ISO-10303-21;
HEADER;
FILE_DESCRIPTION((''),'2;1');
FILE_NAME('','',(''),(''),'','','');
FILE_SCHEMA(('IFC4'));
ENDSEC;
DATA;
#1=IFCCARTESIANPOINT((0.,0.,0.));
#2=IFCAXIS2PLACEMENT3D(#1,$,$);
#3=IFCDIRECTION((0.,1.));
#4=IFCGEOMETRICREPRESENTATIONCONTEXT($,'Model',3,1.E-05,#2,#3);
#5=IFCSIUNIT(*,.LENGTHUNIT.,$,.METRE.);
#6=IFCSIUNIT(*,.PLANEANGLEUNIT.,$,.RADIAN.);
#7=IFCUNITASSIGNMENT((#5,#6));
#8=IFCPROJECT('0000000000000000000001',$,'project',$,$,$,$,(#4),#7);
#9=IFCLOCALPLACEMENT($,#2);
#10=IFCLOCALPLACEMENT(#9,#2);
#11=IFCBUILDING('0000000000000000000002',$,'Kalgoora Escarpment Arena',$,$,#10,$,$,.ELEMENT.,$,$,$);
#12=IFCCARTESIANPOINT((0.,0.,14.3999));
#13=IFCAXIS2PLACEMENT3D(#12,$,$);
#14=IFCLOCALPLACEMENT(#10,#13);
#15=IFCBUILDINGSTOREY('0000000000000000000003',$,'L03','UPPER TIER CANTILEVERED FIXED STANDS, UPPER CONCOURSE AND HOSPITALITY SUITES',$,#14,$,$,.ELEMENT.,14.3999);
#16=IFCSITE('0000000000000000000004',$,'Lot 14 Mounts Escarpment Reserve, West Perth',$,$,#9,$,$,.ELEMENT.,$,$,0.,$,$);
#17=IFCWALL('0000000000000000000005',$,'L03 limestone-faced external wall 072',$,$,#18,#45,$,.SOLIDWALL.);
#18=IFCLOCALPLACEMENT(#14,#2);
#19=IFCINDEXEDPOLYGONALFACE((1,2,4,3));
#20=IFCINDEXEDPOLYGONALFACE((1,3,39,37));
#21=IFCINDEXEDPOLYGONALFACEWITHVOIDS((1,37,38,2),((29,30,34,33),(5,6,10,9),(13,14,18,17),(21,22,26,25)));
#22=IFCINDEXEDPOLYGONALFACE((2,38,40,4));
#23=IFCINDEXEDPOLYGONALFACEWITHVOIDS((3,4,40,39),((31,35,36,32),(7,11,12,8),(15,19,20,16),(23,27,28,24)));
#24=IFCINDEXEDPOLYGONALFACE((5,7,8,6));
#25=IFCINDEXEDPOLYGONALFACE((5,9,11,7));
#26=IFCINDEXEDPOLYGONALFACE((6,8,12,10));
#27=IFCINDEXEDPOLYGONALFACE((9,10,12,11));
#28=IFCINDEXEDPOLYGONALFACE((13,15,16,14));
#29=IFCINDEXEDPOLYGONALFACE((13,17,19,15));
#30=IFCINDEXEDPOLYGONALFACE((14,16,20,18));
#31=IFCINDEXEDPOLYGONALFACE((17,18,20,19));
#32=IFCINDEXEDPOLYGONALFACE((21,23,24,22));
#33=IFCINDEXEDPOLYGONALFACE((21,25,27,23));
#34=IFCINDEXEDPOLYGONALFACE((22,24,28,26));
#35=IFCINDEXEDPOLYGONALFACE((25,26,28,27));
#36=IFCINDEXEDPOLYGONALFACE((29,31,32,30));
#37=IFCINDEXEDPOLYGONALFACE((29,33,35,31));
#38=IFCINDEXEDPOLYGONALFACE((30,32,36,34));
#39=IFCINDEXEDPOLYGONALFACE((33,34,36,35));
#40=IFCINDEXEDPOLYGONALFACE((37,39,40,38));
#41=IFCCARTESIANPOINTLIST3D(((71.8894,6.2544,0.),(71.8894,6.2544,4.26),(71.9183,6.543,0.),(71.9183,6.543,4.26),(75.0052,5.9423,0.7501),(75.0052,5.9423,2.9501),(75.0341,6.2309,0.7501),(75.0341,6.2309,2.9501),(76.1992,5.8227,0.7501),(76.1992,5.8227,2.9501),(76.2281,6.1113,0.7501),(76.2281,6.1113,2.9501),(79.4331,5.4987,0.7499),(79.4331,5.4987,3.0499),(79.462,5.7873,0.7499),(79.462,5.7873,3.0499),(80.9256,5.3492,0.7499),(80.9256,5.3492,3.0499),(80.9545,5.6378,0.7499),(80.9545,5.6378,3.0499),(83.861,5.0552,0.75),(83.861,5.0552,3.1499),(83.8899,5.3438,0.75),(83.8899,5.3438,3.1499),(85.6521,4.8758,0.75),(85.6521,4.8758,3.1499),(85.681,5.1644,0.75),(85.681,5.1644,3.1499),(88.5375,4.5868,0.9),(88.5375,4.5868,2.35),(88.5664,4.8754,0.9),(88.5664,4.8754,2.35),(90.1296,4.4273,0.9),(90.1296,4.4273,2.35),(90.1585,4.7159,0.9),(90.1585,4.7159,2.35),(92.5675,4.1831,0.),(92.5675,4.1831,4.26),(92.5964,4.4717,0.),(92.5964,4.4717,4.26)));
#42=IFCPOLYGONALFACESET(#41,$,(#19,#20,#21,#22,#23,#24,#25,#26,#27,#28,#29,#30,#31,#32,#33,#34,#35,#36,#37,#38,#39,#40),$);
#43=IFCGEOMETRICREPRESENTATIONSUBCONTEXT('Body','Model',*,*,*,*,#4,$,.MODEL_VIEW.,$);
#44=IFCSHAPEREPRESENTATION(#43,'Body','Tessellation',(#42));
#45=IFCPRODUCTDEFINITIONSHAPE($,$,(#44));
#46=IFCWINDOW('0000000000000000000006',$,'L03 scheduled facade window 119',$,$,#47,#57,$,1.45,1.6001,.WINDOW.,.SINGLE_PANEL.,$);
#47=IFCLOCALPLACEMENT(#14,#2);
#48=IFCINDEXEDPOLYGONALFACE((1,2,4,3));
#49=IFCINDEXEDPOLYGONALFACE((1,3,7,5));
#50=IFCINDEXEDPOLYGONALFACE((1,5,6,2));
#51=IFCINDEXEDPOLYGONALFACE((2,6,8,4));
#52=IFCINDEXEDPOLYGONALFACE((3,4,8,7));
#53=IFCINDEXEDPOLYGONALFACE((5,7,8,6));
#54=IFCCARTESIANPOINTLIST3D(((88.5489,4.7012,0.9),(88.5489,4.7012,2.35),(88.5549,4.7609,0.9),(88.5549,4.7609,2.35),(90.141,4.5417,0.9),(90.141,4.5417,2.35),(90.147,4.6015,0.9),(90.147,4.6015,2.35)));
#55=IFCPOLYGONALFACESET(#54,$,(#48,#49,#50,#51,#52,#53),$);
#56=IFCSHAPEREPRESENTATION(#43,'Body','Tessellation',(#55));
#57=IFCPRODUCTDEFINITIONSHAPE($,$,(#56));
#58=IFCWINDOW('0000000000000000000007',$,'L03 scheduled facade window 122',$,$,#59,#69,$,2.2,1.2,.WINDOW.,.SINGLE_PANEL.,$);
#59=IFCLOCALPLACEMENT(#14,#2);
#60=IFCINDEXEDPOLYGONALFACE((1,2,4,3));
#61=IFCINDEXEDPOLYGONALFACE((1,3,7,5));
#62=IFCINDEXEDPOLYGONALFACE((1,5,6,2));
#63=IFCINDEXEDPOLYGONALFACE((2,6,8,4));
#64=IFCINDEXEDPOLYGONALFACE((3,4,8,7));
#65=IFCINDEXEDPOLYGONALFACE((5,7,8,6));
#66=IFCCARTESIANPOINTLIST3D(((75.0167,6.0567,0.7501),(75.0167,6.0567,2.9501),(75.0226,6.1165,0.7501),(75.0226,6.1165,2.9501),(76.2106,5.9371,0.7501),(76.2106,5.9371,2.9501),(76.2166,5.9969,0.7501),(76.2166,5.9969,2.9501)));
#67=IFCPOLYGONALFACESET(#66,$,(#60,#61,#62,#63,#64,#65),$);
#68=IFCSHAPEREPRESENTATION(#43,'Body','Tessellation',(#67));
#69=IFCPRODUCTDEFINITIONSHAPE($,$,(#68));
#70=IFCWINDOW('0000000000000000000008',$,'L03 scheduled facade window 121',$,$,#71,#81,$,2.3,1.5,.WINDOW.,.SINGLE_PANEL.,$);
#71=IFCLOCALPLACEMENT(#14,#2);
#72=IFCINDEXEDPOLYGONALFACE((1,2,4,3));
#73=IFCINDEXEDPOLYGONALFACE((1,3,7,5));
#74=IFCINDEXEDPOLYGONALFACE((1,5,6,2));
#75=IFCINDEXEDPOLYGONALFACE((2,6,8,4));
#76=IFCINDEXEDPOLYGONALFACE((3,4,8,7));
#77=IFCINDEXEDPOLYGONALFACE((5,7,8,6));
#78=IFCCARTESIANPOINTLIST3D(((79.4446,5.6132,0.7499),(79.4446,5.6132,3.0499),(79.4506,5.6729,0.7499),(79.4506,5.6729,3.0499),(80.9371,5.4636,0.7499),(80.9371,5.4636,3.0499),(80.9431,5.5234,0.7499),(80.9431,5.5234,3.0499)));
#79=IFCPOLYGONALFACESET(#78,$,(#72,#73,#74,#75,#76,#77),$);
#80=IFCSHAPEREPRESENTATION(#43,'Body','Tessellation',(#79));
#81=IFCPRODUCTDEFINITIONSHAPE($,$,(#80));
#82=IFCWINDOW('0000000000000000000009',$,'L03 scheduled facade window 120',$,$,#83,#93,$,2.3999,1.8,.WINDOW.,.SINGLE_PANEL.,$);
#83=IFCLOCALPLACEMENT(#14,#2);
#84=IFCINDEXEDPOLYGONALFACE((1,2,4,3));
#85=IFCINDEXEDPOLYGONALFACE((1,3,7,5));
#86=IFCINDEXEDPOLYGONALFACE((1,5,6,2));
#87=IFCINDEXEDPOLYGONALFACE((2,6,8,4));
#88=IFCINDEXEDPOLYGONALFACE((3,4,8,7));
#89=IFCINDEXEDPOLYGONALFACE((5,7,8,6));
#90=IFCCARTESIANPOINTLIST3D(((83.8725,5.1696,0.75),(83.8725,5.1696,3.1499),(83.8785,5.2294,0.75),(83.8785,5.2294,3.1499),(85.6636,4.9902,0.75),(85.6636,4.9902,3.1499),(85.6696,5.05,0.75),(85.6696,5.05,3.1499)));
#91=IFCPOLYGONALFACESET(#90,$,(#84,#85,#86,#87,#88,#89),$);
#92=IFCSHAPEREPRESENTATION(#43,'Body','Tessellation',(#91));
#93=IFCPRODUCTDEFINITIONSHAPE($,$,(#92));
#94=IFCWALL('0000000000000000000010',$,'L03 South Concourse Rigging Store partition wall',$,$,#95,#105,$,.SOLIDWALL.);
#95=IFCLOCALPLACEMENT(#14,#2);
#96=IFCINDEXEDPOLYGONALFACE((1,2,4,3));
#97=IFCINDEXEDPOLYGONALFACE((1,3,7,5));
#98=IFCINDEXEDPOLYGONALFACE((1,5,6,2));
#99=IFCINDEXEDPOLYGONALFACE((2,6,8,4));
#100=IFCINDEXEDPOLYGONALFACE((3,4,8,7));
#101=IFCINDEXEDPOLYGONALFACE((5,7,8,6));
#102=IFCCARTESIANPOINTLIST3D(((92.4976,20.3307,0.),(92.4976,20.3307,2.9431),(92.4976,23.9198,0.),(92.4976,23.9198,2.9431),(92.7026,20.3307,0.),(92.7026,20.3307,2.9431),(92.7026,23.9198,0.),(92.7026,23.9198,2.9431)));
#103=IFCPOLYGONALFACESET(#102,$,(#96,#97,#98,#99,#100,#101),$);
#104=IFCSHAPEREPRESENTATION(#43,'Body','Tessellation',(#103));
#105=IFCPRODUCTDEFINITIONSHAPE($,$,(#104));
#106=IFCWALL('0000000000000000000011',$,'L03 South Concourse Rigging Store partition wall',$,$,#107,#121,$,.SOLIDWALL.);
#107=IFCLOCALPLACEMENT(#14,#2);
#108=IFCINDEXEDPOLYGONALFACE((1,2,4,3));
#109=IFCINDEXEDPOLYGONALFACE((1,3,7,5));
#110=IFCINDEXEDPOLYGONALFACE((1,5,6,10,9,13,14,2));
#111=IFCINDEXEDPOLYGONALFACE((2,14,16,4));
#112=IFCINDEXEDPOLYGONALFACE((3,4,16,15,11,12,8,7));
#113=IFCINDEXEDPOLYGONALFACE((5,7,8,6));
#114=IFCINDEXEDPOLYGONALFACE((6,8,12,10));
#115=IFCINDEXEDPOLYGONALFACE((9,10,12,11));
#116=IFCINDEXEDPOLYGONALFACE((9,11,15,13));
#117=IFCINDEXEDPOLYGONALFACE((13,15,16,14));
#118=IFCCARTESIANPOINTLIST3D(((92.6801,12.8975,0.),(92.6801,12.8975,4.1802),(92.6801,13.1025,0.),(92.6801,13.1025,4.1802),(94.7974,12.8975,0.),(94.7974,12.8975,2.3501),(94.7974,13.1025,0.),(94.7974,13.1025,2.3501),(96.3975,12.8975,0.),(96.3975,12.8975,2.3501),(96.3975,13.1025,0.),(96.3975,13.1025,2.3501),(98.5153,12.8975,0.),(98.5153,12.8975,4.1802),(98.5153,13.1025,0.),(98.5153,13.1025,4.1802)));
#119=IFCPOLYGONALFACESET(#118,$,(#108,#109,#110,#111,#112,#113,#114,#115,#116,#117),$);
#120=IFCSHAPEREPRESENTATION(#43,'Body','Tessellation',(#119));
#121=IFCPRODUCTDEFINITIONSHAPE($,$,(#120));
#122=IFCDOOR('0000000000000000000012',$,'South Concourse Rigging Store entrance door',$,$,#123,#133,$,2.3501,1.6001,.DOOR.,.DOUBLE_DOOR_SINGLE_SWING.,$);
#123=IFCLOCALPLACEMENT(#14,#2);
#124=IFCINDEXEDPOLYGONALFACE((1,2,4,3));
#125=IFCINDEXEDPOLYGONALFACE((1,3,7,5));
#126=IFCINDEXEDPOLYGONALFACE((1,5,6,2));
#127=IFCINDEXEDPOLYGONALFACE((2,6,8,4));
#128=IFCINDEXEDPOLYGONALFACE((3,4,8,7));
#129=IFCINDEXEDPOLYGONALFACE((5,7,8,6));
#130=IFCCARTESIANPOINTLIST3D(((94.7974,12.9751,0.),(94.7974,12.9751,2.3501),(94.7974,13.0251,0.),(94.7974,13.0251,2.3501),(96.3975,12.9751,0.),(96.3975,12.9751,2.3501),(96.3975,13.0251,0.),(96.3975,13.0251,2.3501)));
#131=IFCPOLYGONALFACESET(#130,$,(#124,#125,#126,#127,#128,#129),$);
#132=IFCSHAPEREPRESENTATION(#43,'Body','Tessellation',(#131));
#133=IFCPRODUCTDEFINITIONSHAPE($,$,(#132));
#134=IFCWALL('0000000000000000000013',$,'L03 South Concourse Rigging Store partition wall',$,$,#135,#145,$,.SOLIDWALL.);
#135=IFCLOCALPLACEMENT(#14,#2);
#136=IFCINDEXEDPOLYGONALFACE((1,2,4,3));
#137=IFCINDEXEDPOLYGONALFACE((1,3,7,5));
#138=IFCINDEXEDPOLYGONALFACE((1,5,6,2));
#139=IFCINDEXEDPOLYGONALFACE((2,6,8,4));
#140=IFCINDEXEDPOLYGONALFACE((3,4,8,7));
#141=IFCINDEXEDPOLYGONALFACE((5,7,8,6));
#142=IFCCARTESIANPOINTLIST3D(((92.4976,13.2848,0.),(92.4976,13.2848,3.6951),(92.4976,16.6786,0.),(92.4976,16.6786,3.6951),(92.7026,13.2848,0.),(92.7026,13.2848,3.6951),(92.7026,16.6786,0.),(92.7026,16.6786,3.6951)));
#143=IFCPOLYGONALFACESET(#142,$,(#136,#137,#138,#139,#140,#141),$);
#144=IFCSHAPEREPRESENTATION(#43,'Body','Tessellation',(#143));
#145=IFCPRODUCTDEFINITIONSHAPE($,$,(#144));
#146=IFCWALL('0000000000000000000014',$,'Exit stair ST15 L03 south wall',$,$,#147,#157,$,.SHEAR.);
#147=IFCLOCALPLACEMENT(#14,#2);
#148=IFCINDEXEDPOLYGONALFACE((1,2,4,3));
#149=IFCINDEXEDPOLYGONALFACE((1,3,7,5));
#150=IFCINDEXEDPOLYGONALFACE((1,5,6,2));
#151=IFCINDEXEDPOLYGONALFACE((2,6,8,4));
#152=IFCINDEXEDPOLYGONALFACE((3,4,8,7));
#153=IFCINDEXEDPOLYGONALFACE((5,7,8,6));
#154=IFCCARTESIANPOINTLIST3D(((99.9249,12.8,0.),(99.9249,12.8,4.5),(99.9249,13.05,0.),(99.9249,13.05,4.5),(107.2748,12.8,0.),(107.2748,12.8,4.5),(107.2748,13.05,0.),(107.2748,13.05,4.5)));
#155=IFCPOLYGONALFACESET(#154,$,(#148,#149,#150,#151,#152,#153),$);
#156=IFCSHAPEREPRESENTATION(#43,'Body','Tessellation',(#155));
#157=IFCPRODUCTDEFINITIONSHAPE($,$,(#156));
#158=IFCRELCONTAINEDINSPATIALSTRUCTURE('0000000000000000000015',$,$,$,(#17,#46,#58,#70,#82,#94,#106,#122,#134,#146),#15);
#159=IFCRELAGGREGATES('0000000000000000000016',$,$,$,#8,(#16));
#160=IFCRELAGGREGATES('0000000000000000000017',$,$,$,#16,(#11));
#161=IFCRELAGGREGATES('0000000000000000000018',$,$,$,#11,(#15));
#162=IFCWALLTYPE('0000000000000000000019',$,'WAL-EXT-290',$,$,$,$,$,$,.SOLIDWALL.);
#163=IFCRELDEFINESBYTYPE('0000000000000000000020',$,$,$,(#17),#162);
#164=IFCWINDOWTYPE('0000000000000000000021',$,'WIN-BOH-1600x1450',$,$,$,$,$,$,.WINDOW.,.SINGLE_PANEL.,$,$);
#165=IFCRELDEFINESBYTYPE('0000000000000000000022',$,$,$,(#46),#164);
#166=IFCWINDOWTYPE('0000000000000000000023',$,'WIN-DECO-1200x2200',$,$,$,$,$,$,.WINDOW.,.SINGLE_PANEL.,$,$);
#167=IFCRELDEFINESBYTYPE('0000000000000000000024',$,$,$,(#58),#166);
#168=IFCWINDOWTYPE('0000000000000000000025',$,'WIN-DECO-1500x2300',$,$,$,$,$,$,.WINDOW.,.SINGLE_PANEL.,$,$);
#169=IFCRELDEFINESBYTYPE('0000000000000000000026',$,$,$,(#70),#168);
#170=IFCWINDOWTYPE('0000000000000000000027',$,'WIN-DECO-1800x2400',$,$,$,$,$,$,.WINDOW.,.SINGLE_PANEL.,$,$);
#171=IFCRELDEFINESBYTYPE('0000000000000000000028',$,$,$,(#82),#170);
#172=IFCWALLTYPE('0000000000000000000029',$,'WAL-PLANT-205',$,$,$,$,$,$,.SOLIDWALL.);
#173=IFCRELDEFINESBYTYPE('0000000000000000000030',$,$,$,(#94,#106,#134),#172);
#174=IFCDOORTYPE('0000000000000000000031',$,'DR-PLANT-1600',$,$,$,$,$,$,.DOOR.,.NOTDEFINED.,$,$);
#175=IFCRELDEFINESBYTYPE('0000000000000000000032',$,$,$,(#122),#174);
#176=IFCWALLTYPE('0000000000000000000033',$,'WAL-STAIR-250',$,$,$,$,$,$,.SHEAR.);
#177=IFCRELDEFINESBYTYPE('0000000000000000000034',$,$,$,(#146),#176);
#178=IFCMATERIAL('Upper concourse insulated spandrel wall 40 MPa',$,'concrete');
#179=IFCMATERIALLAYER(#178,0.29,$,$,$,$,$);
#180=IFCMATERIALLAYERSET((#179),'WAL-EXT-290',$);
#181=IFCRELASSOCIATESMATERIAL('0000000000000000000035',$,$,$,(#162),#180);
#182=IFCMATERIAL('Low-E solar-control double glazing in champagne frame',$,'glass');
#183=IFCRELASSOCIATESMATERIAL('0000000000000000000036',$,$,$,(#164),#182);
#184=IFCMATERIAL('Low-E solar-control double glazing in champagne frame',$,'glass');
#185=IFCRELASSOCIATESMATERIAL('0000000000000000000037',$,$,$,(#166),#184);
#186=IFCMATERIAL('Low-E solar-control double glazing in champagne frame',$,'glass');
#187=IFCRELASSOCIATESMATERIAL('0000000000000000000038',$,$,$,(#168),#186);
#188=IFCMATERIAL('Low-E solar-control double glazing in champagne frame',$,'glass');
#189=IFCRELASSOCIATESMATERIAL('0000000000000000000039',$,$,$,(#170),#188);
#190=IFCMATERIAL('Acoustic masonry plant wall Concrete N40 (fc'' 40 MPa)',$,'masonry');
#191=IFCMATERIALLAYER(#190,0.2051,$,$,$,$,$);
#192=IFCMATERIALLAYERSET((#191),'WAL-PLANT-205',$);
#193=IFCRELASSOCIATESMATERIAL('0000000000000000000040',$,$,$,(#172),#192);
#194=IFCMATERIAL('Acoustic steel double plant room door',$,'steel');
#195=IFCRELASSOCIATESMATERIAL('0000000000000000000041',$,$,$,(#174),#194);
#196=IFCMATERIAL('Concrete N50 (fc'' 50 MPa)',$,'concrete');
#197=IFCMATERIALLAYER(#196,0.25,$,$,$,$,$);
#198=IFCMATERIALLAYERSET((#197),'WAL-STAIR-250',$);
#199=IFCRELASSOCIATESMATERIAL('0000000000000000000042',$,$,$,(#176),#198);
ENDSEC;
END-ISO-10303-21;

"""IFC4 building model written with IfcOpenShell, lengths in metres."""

from ifc_helpers import new_model, si_unit, direction, frame, frame_2d, origin, place, context, subcontext, project, spatial, rectangle, extrude, material, layer, layer_set, type_object, element, fill, save


model = new_model("IFC4")

# Units and contexts
model_context = context("Model", 3, precision=1e-05, world=origin(), true_north=direction((0.0, 1.0)))
body_context = subcontext(model_context, "Body", "Model", "MODEL_VIEW")
ifc_project = project(units=[si_unit("LENGTHUNIT", "METRE"), si_unit("PLANEANGLEUNIT", "RADIAN")], contexts=[model_context])

# Site, building, storey
site_placement = place(None, origin())
site = spatial("IfcSite", under=ifc_project, at=site_placement, Name="Lot 14 Mounts Escarpment Reserve, West Perth", CompositionType="ELEMENT", RefElevation=0.0)
building_placement = place(site_placement, origin())
building = spatial("IfcBuilding", under=site, at=building_placement, Name="Kalgoora Escarpment Arena", CompositionType="ELEMENT")
storey_placement = place(building_placement, frame((0.0, 0.0, 14.3999)))
storey = spatial("IfcBuildingStorey", under=building, at=storey_placement, Name="L03", Description="UPPER TIER CANTILEVERED FIXED STANDS, UPPER CONCOURSE AND HOSPITALITY SUITES", CompositionType="ELEMENT", Elevation=14.3999)

# Wall, openings, windows
ifc_material_1 = material(Name="Upper concourse insulated spandrel wall 40 MPa", Category="concrete")
ifc_layer_1 = layer(ifc_material_1, 0.29)
ifc_layer_set_1 = layer_set([ifc_layer_1], Name="WAL-EXT-290")
wall_type_1 = type_object("IfcWallType", Name="WAL-EXT-290", PredefinedType="SOLIDWALL", material=ifc_layer_set_1)
wall_1_placement = place(storey_placement, frame((92.5818, 4.3274, 0.0), z_axis=(0.0, 0.0, 1.0), x_axis=(-0.995021, 0.09967, 0.0)))
wall_1 = element("IfcWall", 1, at=wall_1_placement, inside=storey, type_object=wall_type_1, Name="L03 limestone-faced external wall 072", PredefinedType="SOLIDWALL", context=body_context, shape_type="SweptSolid", body=[
    extrude(rectangle(XDim=20.7815, YDim=0.29, at=frame_2d((10.3906, 0.0))), origin(), (0.0, 0.0, 1.0), 4.26),
])
opening_1_placement = place(wall_1_placement, frame((2.45, 0.0, 0.8999)))
opening_1 = element("IfcOpeningElement", 2, at=opening_1_placement, cuts=wall_1, PredefinedType="OPENING", context=body_context, shape_type="SweptSolid", body=[
    extrude(rectangle(XDim=1.6001, YDim=1.45, at=frame_2d((0.8, 0.7251))), frame((0.0, 0.155, 0.0), z_axis=(0.0, -1.0, 0.0), x_axis=(1.0, 0.0, 0.0)), (0.0, 0.0, 1.0), 0.3101),
])
opening_2_placement = place(wall_1_placement, frame((6.95, 0.0, 0.75)))
opening_2 = element("IfcOpeningElement", 3, at=opening_2_placement, cuts=wall_1, PredefinedType="OPENING", context=body_context, shape_type="SweptSolid", body=[
    extrude(rectangle(XDim=1.8, YDim=2.3999, at=frame_2d((0.8999, 1.2))), frame((0.0, 0.155, 0.0), z_axis=(0.0, -1.0, 0.0), x_axis=(1.0, 0.0, 0.0)), (0.0, 0.0, 1.0), 0.3101),
])
opening_3_placement = place(wall_1_placement, frame((11.7, 0.0, 0.75)))
opening_3 = element("IfcOpeningElement", 4, at=opening_3_placement, cuts=wall_1, PredefinedType="OPENING", context=body_context, shape_type="SweptSolid", body=[
    extrude(rectangle(XDim=1.5, YDim=2.3, at=frame_2d((0.75, 1.1499))), frame((0.0, 0.155, 0.0), z_axis=(0.0, -1.0, 0.0), x_axis=(1.0, 0.0, 0.0)), (0.0, 0.0, 1.0), 0.3101),
])
opening_4_placement = place(wall_1_placement, frame((16.45, 0.0, 0.75)))
opening_4 = element("IfcOpeningElement", 5, at=opening_4_placement, cuts=wall_1, PredefinedType="OPENING", context=body_context, shape_type="SweptSolid", body=[
    extrude(rectangle(XDim=1.2, YDim=2.2, at=frame_2d((0.6001, 1.1001))), frame((0.0, 0.155, 0.0), z_axis=(0.0, -1.0, 0.0), x_axis=(1.0, 0.0, 0.0)), (0.0, 0.0, 1.0), 0.3101),
])
ifc_material_2 = material(Name="Low-E solar-control double glazing in champagne frame", Category="glass")
window_type_1 = type_object("IfcWindowType", Name="WIN-BOH-1600x1450", PartitioningType="SINGLE_PANEL", PredefinedType="WINDOW", material=ifc_material_2)
window_1_placement = place(opening_1_placement, origin())
window_1 = element("IfcWindow", 6, at=window_1_placement, inside=storey, type_object=window_type_1, Name="L03 scheduled facade window 119", OverallHeight=1.45, OverallWidth=1.6001, PartitioningType="SINGLE_PANEL", PredefinedType="WINDOW", context=body_context, shape_type="SweptSolid", body=[
    extrude(rectangle(XDim=1.6001, YDim=1.45, at=frame_2d((0.8, 0.7251))), frame((0.0, 0.03, 0.0), z_axis=(0.0, -1.0, 0.0), x_axis=(1.0, 0.0, 0.0)), (0.0, 0.0, 1.0), 0.0601),
])
fill(opening_1, window_1)
ifc_material_3 = material(Name="Low-E solar-control double glazing in champagne frame", Category="glass")
window_type_2 = type_object("IfcWindowType", Name="WIN-DECO-1200x2200", PartitioningType="SINGLE_PANEL", PredefinedType="WINDOW", material=ifc_material_3)
window_2_placement = place(opening_4_placement, origin())
window_2 = element("IfcWindow", 7, at=window_2_placement, inside=storey, type_object=window_type_2, Name="L03 scheduled facade window 122", OverallHeight=2.2, OverallWidth=1.2, PartitioningType="SINGLE_PANEL", PredefinedType="WINDOW", context=body_context, shape_type="SweptSolid", body=[
    extrude(rectangle(XDim=1.2, YDim=2.2, at=frame_2d((0.6001, 1.1001))), frame((0.0, 0.03, 0.0), z_axis=(0.0, -1.0, 0.0), x_axis=(1.0, 0.0, 0.0)), (0.0, 0.0, 1.0), 0.0601),
])
fill(opening_4, window_2)
ifc_material_4 = material(Name="Low-E solar-control double glazing in champagne frame", Category="glass")
window_type_3 = type_object("IfcWindowType", Name="WIN-DECO-1500x2300", PartitioningType="SINGLE_PANEL", PredefinedType="WINDOW", material=ifc_material_4)
window_3_placement = place(opening_3_placement, origin())
window_3 = element("IfcWindow", 8, at=window_3_placement, inside=storey, type_object=window_type_3, Name="L03 scheduled facade window 121", OverallHeight=2.3, OverallWidth=1.5, PartitioningType="SINGLE_PANEL", PredefinedType="WINDOW", context=body_context, shape_type="SweptSolid", body=[
    extrude(rectangle(XDim=1.5, YDim=2.3, at=frame_2d((0.75, 1.1499))), frame((0.0, 0.03, 0.0), z_axis=(0.0, -1.0, 0.0), x_axis=(1.0, 0.0, 0.0)), (0.0, 0.0, 1.0), 0.0601),
])
fill(opening_3, window_3)
ifc_material_5 = material(Name="Low-E solar-control double glazing in champagne frame", Category="glass")
window_type_4 = type_object("IfcWindowType", Name="WIN-DECO-1800x2400", PartitioningType="SINGLE_PANEL", PredefinedType="WINDOW", material=ifc_material_5)
window_4_placement = place(opening_2_placement, origin())
window_4 = element("IfcWindow", 9, at=window_4_placement, inside=storey, type_object=window_type_4, Name="L03 scheduled facade window 120", OverallHeight=2.3999, OverallWidth=1.8, PartitioningType="SINGLE_PANEL", PredefinedType="WINDOW", context=body_context, shape_type="SweptSolid", body=[
    extrude(rectangle(XDim=1.8, YDim=2.3999, at=frame_2d((0.8999, 1.2))), frame((0.0, 0.03, 0.0), z_axis=(0.0, -1.0, 0.0), x_axis=(1.0, 0.0, 0.0)), (0.0, 0.0, 1.0), 0.0601),
])
fill(opening_2, window_4)

# Wall
ifc_material_6 = material(Name="Acoustic masonry plant wall Concrete N40 (fc' 40 MPa)", Category="masonry")
ifc_layer_2 = layer(ifc_material_6, 0.2051)
ifc_layer_set_2 = layer_set([ifc_layer_2], Name="WAL-PLANT-205")
wall_type_2 = type_object("IfcWallType", Name="WAL-PLANT-205", PredefinedType="SOLIDWALL", material=ifc_layer_set_2)
wall_2_placement = place(storey_placement, frame((92.6001, 20.3308, 0.0), z_axis=(0.0, 0.0, 1.0), x_axis=(0.0, 1.0, 0.0)))
element("IfcWall", 10, at=wall_2_placement, inside=storey, type_object=wall_type_2, Name="L03 South Concourse Rigging Store partition wall", PredefinedType="SOLIDWALL", context=body_context, shape_type="SweptSolid", body=[
    extrude(rectangle(XDim=3.5891, YDim=0.2051, at=frame_2d((1.7944, 0.0))), origin(), (0.0, 0.0, 1.0), 2.9431),
])

# Wall, opening, door
wall_3_placement = place(storey_placement, frame((98.5151, 13.0, 0.0), z_axis=(0.0, 0.0, 1.0), x_axis=(-1.0, 0.0, 0.0)))
wall_3 = element("IfcWall", 11, at=wall_3_placement, inside=storey, type_object=wall_type_2, Name="L03 South Concourse Rigging Store partition wall", PredefinedType="SOLIDWALL", context=body_context, shape_type="SweptSolid", body=[
    extrude(rectangle(XDim=5.8352, YDim=0.2051, at=frame_2d((2.9175, 0.0))), origin(), (0.0, 0.0, 1.0), 4.1802),
])
opening_5_placement = place(wall_3_placement, frame((2.1177, 0.0, 0.0)))
opening_5 = element("IfcOpeningElement", 12, at=opening_5_placement, cuts=wall_3, PredefinedType="OPENING", context=body_context, shape_type="SweptSolid", body=[
    extrude(rectangle(XDim=1.6001, YDim=2.3501, at=frame_2d((0.8, 1.175))), frame((0.0, 0.1125, 0.0), z_axis=(0.0, -1.0, 0.0), x_axis=(1.0, 0.0, 0.0)), (0.0, 0.0, 1.0), 0.2251),
])
ifc_material_7 = material(Name="Acoustic steel double plant room door", Category="steel")
door_type_1 = type_object("IfcDoorType", Name="DR-PLANT-1600", OperationType="NOTDEFINED", PredefinedType="DOOR", material=ifc_material_7)
door_1_placement = place(opening_5_placement, origin())
door_1 = element("IfcDoor", 13, at=door_1_placement, inside=storey, type_object=door_type_1, Name="South Concourse Rigging Store entrance door", OperationType="DOUBLE_DOOR_SINGLE_SWING", OverallHeight=2.3501, OverallWidth=1.6001, PredefinedType="DOOR", context=body_context, shape_type="SweptSolid", body=[
    extrude(rectangle(XDim=1.6001, YDim=2.3501, at=frame_2d((0.8, 1.175))), frame((0.0, 0.0249, 0.0), z_axis=(0.0, -1.0, 0.0), x_axis=(1.0, 0.0, 0.0)), (0.0, 0.0, 1.0), 0.05),
])
fill(opening_5, door_1)

# Walls
wall_4_placement = place(storey_placement, frame((92.6001, 13.2849, 0.0), z_axis=(0.0, 0.0, 1.0), x_axis=(0.0, 1.0, 0.0)))
element("IfcWall", 14, at=wall_4_placement, inside=storey, type_object=wall_type_2, Name="L03 South Concourse Rigging Store partition wall", PredefinedType="SOLIDWALL", context=body_context, shape_type="SweptSolid", body=[
    extrude(rectangle(XDim=3.3938, YDim=0.2051, at=frame_2d((1.6968, 0.0))), origin(), (0.0, 0.0, 1.0), 3.6951),
])
ifc_material_8 = material(Name="Concrete N50 (fc' 50 MPa)", Category="concrete")
ifc_layer_3 = layer(ifc_material_8, 0.25)
ifc_layer_set_3 = layer_set([ifc_layer_3], Name="WAL-STAIR-250")
wall_type_3 = type_object("IfcWallType", Name="WAL-STAIR-250", PredefinedType="SHEAR", material=ifc_layer_set_3)
wall_5_placement = place(storey_placement, frame((99.925, 12.925, 0.0), z_axis=(0.0, 0.0, 1.0), x_axis=(1.0, 0.0, 0.0)))
element("IfcWall", 15, at=wall_5_placement, inside=storey, type_object=wall_type_3, Name="Exit stair ST15 L03 south wall", PredefinedType="SHEAR", context=body_context, shape_type="SweptSolid", body=[
    extrude(rectangle(XDim=7.3499, YDim=0.25, at=frame_2d((3.6748, 0.0))), origin(), (0.0, 0.0, 1.0), 4.5),
])

save(model, "model.ifc")
